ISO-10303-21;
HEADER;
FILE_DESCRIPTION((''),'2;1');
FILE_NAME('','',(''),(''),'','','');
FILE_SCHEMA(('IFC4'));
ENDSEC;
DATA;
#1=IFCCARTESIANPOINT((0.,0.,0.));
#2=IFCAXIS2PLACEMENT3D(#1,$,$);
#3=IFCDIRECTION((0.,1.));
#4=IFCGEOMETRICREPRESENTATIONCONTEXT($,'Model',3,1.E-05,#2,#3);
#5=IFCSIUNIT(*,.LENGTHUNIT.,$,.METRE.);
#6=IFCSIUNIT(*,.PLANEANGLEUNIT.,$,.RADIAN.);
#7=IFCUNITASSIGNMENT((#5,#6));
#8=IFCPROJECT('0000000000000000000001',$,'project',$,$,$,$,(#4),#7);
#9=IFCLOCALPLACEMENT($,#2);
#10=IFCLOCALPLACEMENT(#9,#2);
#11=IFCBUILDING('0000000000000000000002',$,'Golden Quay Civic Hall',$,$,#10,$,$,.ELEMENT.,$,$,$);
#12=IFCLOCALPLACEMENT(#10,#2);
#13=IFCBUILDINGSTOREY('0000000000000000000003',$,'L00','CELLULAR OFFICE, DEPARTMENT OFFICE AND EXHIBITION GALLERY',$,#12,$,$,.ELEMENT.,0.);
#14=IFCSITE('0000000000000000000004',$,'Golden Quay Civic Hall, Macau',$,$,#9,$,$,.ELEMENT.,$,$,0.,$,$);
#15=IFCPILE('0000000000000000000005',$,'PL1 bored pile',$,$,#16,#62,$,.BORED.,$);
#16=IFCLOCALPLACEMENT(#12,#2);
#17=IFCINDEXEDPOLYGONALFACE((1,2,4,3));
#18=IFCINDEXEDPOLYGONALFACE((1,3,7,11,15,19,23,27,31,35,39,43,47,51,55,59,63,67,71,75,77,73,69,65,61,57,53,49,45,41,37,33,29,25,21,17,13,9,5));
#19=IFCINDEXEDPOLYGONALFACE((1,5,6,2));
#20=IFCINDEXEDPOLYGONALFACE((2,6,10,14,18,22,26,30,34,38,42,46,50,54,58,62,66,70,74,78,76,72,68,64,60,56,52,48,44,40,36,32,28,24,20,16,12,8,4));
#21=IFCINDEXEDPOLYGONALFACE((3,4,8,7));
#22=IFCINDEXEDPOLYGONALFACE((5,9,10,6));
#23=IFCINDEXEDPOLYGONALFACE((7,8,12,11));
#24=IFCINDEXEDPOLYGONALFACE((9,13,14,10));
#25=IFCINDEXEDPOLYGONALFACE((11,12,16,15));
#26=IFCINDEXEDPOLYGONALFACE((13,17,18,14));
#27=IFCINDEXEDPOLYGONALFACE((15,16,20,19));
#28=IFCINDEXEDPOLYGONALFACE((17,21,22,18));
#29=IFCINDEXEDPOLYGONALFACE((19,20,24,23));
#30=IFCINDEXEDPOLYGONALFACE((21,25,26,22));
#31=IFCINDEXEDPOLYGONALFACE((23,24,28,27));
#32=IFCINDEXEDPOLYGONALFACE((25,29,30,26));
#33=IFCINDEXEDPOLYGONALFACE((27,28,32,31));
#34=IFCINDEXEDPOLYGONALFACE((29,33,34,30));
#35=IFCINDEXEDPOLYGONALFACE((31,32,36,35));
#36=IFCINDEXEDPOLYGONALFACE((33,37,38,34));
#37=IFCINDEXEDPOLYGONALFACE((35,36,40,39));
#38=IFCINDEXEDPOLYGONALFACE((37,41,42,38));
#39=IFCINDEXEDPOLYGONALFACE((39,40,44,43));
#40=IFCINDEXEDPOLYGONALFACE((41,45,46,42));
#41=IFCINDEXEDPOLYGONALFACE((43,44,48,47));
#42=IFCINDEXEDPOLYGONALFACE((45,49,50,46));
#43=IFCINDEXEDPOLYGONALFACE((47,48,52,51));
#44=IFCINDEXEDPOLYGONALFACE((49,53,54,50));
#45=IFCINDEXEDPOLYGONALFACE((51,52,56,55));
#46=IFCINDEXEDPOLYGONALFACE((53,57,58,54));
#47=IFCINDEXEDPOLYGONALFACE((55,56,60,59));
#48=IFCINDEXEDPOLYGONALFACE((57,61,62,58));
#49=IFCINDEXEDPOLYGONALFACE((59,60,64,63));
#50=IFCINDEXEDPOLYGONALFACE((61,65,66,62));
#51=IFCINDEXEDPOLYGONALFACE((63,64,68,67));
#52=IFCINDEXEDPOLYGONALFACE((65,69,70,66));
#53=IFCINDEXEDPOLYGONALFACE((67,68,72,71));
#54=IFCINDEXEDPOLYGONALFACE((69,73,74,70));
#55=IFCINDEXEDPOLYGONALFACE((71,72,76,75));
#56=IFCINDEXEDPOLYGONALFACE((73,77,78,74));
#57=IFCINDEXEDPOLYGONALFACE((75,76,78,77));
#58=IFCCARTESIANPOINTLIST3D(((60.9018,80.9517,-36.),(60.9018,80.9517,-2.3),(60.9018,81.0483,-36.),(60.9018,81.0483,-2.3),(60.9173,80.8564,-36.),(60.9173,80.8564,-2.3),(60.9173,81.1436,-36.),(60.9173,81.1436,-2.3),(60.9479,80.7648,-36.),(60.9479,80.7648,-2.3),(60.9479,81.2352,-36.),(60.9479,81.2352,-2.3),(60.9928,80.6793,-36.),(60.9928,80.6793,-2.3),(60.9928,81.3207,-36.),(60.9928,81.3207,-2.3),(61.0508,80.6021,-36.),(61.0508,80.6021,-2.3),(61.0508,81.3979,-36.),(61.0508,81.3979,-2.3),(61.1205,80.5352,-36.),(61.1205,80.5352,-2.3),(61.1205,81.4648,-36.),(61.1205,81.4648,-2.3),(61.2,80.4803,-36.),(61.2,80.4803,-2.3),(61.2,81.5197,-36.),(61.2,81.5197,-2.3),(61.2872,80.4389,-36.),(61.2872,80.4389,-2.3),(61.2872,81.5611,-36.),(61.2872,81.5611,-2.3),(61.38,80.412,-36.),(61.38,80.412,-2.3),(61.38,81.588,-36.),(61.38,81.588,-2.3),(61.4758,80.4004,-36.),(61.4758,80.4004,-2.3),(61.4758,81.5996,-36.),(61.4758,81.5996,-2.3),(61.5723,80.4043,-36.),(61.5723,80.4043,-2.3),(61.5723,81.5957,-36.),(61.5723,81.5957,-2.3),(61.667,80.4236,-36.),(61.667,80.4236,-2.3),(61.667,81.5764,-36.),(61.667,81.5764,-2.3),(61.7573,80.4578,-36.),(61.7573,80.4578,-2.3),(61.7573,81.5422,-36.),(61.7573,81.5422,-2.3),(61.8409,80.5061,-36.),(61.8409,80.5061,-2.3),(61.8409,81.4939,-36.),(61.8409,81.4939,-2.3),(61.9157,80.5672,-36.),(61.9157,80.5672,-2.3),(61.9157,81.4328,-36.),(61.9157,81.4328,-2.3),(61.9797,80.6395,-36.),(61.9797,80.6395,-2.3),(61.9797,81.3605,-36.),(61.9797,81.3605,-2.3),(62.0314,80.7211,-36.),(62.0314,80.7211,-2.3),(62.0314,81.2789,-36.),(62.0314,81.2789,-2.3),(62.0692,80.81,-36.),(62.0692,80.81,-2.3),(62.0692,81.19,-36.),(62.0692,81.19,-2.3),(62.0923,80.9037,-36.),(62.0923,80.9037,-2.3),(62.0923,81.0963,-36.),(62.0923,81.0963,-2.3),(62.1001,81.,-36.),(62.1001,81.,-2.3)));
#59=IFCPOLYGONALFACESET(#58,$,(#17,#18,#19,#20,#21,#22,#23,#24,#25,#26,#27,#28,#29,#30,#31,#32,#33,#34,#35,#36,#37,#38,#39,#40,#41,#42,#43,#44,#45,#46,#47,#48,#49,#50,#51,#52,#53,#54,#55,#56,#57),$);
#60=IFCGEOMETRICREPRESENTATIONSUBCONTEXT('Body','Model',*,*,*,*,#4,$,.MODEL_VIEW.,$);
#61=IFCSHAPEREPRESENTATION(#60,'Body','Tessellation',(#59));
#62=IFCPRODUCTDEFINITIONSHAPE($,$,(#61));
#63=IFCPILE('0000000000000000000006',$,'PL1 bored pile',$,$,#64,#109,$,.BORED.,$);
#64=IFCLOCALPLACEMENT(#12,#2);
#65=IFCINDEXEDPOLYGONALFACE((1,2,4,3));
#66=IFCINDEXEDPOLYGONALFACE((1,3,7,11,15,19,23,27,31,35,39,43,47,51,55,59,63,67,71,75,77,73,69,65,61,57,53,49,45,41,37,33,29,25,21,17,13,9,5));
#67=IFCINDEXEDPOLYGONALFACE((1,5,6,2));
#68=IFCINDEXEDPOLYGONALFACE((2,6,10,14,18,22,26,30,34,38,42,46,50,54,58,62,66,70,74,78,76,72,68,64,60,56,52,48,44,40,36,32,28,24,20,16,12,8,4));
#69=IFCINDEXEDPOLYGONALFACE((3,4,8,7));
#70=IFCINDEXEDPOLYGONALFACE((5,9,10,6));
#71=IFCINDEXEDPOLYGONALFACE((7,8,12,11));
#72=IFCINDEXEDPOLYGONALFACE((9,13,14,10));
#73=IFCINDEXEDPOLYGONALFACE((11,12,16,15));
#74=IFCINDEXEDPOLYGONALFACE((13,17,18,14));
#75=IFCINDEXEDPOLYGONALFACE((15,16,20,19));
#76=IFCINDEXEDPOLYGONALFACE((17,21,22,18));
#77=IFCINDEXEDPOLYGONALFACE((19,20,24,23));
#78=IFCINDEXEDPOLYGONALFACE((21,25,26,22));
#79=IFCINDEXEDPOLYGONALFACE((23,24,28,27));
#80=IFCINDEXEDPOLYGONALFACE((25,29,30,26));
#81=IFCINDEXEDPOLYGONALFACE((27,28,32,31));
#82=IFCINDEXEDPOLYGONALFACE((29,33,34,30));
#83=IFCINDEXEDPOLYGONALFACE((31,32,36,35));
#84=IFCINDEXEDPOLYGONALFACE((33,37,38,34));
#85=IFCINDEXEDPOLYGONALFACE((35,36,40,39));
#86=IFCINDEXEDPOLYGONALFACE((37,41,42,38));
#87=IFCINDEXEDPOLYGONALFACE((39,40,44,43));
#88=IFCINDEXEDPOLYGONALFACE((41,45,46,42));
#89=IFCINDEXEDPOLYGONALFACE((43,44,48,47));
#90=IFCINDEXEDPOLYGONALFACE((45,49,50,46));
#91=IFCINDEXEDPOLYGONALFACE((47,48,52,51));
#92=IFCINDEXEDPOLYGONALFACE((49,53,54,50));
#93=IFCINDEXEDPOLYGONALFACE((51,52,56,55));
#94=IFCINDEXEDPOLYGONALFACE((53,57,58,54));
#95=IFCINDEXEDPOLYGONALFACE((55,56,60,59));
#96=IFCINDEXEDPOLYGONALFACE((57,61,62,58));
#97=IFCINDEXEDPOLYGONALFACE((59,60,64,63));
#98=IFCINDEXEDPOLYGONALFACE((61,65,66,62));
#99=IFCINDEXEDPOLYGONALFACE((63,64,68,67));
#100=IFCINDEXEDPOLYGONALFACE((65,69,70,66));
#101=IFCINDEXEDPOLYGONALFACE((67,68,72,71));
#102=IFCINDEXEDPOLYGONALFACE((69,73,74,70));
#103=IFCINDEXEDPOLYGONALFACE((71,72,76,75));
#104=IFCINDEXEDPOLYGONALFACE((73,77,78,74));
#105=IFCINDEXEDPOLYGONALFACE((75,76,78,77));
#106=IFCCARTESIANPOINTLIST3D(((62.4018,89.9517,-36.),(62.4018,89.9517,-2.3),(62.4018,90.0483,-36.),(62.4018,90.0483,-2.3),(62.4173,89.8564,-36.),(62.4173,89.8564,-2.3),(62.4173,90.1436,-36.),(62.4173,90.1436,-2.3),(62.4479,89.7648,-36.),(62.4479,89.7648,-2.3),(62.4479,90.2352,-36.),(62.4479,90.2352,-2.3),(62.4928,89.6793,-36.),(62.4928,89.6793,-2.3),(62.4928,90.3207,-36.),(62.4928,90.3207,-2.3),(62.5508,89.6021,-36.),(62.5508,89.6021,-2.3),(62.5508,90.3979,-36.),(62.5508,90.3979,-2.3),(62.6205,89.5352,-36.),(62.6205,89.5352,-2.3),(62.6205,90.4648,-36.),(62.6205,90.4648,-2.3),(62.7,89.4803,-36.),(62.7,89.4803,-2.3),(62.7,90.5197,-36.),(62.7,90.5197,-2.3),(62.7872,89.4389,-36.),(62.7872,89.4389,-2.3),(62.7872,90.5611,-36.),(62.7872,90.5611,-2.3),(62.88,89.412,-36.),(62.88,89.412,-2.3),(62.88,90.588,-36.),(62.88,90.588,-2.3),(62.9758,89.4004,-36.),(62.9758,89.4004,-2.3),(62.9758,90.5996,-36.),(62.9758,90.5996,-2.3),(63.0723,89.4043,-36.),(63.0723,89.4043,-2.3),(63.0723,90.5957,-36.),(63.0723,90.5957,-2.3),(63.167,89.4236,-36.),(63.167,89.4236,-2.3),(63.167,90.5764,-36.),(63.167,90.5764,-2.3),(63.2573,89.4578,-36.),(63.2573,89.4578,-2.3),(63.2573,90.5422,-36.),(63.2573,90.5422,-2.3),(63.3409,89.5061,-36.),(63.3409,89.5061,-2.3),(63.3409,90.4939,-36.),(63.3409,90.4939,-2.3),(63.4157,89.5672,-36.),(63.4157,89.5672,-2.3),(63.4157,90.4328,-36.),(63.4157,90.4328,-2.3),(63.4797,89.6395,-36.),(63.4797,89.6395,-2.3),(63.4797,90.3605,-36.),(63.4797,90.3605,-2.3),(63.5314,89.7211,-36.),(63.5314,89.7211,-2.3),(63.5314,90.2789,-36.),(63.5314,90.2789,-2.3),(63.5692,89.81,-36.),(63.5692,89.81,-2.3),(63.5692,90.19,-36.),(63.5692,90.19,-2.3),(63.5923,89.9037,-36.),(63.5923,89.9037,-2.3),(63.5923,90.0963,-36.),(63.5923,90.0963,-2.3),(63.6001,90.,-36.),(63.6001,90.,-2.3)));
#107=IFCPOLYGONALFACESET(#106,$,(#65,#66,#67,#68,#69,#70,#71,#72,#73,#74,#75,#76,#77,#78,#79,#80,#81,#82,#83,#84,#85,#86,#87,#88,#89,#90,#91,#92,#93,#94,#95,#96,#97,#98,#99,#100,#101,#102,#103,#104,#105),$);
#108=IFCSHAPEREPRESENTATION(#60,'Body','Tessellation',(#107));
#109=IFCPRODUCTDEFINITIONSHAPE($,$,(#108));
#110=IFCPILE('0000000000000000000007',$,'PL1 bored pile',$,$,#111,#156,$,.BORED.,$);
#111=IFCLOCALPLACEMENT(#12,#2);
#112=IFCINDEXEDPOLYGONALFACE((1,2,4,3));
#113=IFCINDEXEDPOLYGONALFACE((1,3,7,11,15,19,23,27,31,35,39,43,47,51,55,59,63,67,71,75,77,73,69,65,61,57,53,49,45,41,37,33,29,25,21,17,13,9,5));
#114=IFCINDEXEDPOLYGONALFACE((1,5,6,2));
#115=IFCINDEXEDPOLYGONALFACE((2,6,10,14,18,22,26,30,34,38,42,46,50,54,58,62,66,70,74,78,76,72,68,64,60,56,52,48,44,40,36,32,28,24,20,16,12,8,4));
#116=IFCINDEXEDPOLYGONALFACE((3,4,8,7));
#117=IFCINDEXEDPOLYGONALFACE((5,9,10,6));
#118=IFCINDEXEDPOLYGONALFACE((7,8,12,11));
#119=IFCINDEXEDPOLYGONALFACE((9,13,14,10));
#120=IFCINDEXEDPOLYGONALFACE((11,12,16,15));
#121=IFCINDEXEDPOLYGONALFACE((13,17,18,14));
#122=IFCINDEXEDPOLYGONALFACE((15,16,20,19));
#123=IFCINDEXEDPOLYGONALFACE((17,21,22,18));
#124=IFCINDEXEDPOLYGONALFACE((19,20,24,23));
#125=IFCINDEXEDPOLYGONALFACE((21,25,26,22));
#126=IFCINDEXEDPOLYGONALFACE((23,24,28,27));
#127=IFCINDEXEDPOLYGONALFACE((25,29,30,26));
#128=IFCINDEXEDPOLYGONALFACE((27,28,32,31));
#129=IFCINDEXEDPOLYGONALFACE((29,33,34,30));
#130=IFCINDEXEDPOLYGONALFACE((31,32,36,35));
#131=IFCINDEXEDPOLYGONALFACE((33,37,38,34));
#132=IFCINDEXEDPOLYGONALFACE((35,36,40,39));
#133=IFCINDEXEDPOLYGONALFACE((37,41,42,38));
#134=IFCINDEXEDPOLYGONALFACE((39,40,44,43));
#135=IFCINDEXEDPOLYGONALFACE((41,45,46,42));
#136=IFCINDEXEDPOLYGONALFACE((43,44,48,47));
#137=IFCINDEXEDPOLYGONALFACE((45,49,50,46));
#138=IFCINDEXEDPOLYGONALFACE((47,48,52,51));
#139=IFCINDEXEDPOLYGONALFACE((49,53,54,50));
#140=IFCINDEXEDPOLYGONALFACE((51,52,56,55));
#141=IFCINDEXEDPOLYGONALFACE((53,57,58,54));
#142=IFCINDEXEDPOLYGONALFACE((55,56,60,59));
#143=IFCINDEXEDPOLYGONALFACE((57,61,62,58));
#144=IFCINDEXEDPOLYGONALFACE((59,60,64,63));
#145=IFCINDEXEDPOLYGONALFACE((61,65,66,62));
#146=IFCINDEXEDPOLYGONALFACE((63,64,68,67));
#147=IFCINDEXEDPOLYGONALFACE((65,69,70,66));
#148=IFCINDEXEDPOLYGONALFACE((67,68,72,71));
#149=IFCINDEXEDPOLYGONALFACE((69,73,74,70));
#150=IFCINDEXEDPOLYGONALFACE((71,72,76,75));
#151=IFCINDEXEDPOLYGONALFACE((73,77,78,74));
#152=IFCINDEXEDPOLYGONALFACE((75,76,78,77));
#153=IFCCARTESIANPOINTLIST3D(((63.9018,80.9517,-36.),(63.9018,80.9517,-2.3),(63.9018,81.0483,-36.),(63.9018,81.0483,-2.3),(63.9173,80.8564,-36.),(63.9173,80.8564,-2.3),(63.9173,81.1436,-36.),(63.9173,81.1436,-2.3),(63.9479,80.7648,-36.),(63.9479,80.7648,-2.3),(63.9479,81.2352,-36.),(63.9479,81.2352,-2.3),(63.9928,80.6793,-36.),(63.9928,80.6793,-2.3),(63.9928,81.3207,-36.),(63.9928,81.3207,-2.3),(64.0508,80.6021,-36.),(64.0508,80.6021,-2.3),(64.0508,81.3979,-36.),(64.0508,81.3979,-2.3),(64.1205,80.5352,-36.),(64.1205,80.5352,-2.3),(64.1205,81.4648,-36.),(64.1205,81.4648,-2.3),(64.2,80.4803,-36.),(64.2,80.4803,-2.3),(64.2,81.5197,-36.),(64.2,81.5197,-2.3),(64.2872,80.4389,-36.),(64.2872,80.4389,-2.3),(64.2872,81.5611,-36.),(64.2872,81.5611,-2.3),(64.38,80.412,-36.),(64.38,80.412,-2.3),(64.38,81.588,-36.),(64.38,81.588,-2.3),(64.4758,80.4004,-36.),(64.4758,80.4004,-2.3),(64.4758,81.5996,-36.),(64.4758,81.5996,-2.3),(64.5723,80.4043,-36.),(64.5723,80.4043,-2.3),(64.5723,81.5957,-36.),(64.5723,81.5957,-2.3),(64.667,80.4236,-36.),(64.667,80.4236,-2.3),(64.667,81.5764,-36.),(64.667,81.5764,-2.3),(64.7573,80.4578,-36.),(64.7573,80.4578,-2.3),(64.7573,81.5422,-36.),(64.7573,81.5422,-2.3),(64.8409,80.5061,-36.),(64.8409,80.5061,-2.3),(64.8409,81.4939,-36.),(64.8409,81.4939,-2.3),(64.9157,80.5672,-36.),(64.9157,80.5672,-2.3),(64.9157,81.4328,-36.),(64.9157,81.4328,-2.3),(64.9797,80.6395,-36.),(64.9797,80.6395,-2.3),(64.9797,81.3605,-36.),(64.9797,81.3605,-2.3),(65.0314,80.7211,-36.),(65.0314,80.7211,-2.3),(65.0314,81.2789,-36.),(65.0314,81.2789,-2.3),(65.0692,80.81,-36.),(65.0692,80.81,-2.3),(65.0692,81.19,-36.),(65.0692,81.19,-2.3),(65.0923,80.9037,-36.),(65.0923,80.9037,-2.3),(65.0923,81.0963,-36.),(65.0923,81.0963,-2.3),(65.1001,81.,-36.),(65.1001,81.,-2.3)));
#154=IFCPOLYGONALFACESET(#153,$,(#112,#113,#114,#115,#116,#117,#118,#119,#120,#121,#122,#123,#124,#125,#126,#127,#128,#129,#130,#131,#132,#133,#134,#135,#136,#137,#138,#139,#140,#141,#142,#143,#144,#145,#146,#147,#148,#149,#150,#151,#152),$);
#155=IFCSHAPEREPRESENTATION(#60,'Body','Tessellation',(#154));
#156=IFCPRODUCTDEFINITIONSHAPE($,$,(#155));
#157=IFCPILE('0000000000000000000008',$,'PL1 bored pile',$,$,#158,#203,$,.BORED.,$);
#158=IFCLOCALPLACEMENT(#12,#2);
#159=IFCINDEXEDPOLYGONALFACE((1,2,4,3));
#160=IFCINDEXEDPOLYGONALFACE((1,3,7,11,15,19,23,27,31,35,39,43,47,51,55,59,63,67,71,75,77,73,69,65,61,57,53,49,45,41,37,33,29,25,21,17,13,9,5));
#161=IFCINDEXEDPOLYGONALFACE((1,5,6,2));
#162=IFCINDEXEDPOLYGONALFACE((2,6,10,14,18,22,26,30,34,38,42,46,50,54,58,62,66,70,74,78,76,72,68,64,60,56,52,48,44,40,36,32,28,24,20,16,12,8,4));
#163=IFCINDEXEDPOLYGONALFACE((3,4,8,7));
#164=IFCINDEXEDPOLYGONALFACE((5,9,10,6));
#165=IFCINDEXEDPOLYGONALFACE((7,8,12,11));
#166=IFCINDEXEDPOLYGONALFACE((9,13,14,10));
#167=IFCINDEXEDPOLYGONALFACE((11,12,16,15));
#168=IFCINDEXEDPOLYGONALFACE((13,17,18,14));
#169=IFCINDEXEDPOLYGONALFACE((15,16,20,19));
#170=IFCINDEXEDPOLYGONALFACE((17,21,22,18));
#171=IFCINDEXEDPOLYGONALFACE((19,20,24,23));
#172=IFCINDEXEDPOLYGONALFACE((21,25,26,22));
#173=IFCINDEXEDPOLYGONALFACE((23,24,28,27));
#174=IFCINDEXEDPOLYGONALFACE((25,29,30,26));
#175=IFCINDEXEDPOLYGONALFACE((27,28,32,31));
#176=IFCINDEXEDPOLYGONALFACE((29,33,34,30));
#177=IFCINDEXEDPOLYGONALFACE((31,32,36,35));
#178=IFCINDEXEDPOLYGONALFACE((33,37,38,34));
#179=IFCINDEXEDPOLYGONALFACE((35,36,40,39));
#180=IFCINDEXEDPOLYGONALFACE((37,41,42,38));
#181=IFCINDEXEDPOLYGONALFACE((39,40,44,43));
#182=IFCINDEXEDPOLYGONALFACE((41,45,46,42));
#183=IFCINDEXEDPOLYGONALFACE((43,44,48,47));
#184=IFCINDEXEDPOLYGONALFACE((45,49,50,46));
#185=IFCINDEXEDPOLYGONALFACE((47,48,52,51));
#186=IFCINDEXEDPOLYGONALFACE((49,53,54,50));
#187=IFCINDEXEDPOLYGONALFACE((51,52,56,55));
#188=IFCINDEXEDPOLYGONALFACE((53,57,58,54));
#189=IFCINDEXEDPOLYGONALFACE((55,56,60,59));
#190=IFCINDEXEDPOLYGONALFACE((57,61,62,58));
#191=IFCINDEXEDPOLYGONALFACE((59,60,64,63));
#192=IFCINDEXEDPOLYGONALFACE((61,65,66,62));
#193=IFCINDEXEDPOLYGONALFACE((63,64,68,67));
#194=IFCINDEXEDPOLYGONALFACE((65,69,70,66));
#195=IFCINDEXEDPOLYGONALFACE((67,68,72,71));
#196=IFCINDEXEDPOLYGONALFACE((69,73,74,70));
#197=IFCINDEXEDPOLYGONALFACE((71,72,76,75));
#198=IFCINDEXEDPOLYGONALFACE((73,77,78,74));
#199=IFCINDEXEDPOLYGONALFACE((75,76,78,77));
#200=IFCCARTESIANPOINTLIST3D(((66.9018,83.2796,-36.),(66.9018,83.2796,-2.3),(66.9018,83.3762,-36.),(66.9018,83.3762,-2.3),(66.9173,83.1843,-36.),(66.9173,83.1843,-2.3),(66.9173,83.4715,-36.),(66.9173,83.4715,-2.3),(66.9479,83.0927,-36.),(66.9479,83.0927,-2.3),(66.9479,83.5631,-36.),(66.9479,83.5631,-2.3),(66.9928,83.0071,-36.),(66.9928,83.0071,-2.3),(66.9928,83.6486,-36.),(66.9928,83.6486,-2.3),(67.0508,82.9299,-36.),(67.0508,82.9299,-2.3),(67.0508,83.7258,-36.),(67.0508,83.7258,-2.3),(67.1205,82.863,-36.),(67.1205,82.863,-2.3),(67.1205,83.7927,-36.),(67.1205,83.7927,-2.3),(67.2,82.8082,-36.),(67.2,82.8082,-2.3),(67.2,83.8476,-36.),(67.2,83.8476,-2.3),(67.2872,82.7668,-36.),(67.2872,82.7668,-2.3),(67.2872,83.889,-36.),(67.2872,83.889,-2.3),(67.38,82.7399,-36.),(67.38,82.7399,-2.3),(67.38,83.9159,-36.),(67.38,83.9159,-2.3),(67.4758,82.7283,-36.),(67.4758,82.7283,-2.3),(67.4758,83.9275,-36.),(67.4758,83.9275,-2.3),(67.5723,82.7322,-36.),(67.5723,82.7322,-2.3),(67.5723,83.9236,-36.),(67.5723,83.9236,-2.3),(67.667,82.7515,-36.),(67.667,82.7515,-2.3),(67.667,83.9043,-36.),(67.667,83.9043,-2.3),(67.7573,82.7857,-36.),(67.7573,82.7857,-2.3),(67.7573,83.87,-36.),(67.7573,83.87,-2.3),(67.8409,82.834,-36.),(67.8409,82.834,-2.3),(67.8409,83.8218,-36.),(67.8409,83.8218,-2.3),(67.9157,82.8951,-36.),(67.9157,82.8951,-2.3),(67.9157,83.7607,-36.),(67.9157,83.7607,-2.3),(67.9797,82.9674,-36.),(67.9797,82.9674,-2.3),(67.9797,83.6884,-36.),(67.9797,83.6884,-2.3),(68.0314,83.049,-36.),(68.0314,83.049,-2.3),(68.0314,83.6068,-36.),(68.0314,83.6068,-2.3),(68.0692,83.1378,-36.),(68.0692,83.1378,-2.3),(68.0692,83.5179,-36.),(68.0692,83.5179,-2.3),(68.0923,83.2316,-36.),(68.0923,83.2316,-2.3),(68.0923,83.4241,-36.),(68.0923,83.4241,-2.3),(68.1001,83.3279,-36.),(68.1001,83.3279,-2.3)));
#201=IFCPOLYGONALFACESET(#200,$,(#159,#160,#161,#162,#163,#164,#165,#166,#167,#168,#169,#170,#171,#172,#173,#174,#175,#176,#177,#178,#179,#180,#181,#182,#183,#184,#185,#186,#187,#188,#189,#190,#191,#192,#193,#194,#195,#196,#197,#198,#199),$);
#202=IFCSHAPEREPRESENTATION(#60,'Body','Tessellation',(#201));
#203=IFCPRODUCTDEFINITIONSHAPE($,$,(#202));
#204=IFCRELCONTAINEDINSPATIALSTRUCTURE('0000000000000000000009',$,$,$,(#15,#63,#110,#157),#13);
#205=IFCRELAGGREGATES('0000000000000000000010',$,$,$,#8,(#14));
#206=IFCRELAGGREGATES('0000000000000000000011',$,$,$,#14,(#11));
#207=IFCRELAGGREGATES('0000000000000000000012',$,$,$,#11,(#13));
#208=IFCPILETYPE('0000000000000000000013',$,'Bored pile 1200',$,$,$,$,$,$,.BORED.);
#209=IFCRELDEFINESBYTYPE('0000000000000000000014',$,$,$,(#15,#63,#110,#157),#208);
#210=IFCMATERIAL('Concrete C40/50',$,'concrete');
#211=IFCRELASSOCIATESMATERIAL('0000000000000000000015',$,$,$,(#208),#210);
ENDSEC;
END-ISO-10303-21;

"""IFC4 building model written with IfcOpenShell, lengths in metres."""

from ifc_helpers import new_model, si_unit, direction, frame, origin, origin_2d, place, context, subcontext, project, spatial, circle, extrude, material, material_profile, profile_set, type_object, element, save


model = new_model("IFC4")

# Units and contexts
model_context = context("Model", 3, precision=1e-05, world=origin(), true_north=direction((0.0, 1.0)))
body_context = subcontext(model_context, "Body", "Model", "MODEL_VIEW")
ifc_project = project(units=[si_unit("LENGTHUNIT", "METRE"), si_unit("PLANEANGLEUNIT", "RADIAN")], contexts=[model_context])

# Site, building, storey
site_placement = place(None, origin())
site = spatial("IfcSite", under=ifc_project, at=site_placement, Name="Golden Quay Civic Hall, Macau", CompositionType="ELEMENT", RefElevation=0.0)
building_placement = place(site_placement, origin())
building = spatial("IfcBuilding", under=site, at=building_placement, Name="Golden Quay Civic Hall", CompositionType="ELEMENT")
storey_placement = place(building_placement, origin())
storey = spatial("IfcBuildingStorey", under=building, at=storey_placement, Name="L00", Description="CELLULAR OFFICE, DEPARTMENT OFFICE AND EXHIBITION GALLERY", CompositionType="ELEMENT", Elevation=0.0)

# Piles
ifc_material_1 = material(Name="Concrete C40/50", Category="concrete")
ifc_material_profile_1 = material_profile(ifc_material_1, circle(Radius=0.6001, at=origin_2d()), Name="RC D1200")
ifc_profile_set_1 = profile_set([ifc_material_profile_1], Name="Concrete C40/50")
pile_type = type_object("IfcPileType", Name="Bored pile 1200", PredefinedType="BORED", material=ifc_profile_set_1)
for number, where, z_axis, x_axis, name in (
    (1, (61.5, 81.0, -2.3), (0.0, 0.0, -1.0), (1.0, 0.0, 0.0), "PL1 bored pile"),
    (2, (63.0, 90.0, -2.3), (0.0, 0.0, -1.0), (1.0, 0.0, 0.0), "PL1 bored pile"),
    (3, (64.5, 81.0, -2.3), (0.0, 0.0, -1.0), (1.0, 0.0, 0.0), "PL1 bored pile"),
    (4, (67.5, 83.3279, -2.3), (0.0, 0.0, -1.0), (1.0, 0.0, 0.0), "PL1 bored pile"),
):
    element("IfcPile", number, at=place(storey_placement, frame(where, z_axis=z_axis, x_axis=x_axis)), inside=storey, type_object=pile_type, Name=name, PredefinedType="BORED", context=body_context, shape_type="SweptSolid", body=[
        extrude(circle(Radius=0.6001, at=origin_2d()), origin(), (0.0, 0.0, 1.0), 33.7),
    ])

save(model, "model.ifc")
